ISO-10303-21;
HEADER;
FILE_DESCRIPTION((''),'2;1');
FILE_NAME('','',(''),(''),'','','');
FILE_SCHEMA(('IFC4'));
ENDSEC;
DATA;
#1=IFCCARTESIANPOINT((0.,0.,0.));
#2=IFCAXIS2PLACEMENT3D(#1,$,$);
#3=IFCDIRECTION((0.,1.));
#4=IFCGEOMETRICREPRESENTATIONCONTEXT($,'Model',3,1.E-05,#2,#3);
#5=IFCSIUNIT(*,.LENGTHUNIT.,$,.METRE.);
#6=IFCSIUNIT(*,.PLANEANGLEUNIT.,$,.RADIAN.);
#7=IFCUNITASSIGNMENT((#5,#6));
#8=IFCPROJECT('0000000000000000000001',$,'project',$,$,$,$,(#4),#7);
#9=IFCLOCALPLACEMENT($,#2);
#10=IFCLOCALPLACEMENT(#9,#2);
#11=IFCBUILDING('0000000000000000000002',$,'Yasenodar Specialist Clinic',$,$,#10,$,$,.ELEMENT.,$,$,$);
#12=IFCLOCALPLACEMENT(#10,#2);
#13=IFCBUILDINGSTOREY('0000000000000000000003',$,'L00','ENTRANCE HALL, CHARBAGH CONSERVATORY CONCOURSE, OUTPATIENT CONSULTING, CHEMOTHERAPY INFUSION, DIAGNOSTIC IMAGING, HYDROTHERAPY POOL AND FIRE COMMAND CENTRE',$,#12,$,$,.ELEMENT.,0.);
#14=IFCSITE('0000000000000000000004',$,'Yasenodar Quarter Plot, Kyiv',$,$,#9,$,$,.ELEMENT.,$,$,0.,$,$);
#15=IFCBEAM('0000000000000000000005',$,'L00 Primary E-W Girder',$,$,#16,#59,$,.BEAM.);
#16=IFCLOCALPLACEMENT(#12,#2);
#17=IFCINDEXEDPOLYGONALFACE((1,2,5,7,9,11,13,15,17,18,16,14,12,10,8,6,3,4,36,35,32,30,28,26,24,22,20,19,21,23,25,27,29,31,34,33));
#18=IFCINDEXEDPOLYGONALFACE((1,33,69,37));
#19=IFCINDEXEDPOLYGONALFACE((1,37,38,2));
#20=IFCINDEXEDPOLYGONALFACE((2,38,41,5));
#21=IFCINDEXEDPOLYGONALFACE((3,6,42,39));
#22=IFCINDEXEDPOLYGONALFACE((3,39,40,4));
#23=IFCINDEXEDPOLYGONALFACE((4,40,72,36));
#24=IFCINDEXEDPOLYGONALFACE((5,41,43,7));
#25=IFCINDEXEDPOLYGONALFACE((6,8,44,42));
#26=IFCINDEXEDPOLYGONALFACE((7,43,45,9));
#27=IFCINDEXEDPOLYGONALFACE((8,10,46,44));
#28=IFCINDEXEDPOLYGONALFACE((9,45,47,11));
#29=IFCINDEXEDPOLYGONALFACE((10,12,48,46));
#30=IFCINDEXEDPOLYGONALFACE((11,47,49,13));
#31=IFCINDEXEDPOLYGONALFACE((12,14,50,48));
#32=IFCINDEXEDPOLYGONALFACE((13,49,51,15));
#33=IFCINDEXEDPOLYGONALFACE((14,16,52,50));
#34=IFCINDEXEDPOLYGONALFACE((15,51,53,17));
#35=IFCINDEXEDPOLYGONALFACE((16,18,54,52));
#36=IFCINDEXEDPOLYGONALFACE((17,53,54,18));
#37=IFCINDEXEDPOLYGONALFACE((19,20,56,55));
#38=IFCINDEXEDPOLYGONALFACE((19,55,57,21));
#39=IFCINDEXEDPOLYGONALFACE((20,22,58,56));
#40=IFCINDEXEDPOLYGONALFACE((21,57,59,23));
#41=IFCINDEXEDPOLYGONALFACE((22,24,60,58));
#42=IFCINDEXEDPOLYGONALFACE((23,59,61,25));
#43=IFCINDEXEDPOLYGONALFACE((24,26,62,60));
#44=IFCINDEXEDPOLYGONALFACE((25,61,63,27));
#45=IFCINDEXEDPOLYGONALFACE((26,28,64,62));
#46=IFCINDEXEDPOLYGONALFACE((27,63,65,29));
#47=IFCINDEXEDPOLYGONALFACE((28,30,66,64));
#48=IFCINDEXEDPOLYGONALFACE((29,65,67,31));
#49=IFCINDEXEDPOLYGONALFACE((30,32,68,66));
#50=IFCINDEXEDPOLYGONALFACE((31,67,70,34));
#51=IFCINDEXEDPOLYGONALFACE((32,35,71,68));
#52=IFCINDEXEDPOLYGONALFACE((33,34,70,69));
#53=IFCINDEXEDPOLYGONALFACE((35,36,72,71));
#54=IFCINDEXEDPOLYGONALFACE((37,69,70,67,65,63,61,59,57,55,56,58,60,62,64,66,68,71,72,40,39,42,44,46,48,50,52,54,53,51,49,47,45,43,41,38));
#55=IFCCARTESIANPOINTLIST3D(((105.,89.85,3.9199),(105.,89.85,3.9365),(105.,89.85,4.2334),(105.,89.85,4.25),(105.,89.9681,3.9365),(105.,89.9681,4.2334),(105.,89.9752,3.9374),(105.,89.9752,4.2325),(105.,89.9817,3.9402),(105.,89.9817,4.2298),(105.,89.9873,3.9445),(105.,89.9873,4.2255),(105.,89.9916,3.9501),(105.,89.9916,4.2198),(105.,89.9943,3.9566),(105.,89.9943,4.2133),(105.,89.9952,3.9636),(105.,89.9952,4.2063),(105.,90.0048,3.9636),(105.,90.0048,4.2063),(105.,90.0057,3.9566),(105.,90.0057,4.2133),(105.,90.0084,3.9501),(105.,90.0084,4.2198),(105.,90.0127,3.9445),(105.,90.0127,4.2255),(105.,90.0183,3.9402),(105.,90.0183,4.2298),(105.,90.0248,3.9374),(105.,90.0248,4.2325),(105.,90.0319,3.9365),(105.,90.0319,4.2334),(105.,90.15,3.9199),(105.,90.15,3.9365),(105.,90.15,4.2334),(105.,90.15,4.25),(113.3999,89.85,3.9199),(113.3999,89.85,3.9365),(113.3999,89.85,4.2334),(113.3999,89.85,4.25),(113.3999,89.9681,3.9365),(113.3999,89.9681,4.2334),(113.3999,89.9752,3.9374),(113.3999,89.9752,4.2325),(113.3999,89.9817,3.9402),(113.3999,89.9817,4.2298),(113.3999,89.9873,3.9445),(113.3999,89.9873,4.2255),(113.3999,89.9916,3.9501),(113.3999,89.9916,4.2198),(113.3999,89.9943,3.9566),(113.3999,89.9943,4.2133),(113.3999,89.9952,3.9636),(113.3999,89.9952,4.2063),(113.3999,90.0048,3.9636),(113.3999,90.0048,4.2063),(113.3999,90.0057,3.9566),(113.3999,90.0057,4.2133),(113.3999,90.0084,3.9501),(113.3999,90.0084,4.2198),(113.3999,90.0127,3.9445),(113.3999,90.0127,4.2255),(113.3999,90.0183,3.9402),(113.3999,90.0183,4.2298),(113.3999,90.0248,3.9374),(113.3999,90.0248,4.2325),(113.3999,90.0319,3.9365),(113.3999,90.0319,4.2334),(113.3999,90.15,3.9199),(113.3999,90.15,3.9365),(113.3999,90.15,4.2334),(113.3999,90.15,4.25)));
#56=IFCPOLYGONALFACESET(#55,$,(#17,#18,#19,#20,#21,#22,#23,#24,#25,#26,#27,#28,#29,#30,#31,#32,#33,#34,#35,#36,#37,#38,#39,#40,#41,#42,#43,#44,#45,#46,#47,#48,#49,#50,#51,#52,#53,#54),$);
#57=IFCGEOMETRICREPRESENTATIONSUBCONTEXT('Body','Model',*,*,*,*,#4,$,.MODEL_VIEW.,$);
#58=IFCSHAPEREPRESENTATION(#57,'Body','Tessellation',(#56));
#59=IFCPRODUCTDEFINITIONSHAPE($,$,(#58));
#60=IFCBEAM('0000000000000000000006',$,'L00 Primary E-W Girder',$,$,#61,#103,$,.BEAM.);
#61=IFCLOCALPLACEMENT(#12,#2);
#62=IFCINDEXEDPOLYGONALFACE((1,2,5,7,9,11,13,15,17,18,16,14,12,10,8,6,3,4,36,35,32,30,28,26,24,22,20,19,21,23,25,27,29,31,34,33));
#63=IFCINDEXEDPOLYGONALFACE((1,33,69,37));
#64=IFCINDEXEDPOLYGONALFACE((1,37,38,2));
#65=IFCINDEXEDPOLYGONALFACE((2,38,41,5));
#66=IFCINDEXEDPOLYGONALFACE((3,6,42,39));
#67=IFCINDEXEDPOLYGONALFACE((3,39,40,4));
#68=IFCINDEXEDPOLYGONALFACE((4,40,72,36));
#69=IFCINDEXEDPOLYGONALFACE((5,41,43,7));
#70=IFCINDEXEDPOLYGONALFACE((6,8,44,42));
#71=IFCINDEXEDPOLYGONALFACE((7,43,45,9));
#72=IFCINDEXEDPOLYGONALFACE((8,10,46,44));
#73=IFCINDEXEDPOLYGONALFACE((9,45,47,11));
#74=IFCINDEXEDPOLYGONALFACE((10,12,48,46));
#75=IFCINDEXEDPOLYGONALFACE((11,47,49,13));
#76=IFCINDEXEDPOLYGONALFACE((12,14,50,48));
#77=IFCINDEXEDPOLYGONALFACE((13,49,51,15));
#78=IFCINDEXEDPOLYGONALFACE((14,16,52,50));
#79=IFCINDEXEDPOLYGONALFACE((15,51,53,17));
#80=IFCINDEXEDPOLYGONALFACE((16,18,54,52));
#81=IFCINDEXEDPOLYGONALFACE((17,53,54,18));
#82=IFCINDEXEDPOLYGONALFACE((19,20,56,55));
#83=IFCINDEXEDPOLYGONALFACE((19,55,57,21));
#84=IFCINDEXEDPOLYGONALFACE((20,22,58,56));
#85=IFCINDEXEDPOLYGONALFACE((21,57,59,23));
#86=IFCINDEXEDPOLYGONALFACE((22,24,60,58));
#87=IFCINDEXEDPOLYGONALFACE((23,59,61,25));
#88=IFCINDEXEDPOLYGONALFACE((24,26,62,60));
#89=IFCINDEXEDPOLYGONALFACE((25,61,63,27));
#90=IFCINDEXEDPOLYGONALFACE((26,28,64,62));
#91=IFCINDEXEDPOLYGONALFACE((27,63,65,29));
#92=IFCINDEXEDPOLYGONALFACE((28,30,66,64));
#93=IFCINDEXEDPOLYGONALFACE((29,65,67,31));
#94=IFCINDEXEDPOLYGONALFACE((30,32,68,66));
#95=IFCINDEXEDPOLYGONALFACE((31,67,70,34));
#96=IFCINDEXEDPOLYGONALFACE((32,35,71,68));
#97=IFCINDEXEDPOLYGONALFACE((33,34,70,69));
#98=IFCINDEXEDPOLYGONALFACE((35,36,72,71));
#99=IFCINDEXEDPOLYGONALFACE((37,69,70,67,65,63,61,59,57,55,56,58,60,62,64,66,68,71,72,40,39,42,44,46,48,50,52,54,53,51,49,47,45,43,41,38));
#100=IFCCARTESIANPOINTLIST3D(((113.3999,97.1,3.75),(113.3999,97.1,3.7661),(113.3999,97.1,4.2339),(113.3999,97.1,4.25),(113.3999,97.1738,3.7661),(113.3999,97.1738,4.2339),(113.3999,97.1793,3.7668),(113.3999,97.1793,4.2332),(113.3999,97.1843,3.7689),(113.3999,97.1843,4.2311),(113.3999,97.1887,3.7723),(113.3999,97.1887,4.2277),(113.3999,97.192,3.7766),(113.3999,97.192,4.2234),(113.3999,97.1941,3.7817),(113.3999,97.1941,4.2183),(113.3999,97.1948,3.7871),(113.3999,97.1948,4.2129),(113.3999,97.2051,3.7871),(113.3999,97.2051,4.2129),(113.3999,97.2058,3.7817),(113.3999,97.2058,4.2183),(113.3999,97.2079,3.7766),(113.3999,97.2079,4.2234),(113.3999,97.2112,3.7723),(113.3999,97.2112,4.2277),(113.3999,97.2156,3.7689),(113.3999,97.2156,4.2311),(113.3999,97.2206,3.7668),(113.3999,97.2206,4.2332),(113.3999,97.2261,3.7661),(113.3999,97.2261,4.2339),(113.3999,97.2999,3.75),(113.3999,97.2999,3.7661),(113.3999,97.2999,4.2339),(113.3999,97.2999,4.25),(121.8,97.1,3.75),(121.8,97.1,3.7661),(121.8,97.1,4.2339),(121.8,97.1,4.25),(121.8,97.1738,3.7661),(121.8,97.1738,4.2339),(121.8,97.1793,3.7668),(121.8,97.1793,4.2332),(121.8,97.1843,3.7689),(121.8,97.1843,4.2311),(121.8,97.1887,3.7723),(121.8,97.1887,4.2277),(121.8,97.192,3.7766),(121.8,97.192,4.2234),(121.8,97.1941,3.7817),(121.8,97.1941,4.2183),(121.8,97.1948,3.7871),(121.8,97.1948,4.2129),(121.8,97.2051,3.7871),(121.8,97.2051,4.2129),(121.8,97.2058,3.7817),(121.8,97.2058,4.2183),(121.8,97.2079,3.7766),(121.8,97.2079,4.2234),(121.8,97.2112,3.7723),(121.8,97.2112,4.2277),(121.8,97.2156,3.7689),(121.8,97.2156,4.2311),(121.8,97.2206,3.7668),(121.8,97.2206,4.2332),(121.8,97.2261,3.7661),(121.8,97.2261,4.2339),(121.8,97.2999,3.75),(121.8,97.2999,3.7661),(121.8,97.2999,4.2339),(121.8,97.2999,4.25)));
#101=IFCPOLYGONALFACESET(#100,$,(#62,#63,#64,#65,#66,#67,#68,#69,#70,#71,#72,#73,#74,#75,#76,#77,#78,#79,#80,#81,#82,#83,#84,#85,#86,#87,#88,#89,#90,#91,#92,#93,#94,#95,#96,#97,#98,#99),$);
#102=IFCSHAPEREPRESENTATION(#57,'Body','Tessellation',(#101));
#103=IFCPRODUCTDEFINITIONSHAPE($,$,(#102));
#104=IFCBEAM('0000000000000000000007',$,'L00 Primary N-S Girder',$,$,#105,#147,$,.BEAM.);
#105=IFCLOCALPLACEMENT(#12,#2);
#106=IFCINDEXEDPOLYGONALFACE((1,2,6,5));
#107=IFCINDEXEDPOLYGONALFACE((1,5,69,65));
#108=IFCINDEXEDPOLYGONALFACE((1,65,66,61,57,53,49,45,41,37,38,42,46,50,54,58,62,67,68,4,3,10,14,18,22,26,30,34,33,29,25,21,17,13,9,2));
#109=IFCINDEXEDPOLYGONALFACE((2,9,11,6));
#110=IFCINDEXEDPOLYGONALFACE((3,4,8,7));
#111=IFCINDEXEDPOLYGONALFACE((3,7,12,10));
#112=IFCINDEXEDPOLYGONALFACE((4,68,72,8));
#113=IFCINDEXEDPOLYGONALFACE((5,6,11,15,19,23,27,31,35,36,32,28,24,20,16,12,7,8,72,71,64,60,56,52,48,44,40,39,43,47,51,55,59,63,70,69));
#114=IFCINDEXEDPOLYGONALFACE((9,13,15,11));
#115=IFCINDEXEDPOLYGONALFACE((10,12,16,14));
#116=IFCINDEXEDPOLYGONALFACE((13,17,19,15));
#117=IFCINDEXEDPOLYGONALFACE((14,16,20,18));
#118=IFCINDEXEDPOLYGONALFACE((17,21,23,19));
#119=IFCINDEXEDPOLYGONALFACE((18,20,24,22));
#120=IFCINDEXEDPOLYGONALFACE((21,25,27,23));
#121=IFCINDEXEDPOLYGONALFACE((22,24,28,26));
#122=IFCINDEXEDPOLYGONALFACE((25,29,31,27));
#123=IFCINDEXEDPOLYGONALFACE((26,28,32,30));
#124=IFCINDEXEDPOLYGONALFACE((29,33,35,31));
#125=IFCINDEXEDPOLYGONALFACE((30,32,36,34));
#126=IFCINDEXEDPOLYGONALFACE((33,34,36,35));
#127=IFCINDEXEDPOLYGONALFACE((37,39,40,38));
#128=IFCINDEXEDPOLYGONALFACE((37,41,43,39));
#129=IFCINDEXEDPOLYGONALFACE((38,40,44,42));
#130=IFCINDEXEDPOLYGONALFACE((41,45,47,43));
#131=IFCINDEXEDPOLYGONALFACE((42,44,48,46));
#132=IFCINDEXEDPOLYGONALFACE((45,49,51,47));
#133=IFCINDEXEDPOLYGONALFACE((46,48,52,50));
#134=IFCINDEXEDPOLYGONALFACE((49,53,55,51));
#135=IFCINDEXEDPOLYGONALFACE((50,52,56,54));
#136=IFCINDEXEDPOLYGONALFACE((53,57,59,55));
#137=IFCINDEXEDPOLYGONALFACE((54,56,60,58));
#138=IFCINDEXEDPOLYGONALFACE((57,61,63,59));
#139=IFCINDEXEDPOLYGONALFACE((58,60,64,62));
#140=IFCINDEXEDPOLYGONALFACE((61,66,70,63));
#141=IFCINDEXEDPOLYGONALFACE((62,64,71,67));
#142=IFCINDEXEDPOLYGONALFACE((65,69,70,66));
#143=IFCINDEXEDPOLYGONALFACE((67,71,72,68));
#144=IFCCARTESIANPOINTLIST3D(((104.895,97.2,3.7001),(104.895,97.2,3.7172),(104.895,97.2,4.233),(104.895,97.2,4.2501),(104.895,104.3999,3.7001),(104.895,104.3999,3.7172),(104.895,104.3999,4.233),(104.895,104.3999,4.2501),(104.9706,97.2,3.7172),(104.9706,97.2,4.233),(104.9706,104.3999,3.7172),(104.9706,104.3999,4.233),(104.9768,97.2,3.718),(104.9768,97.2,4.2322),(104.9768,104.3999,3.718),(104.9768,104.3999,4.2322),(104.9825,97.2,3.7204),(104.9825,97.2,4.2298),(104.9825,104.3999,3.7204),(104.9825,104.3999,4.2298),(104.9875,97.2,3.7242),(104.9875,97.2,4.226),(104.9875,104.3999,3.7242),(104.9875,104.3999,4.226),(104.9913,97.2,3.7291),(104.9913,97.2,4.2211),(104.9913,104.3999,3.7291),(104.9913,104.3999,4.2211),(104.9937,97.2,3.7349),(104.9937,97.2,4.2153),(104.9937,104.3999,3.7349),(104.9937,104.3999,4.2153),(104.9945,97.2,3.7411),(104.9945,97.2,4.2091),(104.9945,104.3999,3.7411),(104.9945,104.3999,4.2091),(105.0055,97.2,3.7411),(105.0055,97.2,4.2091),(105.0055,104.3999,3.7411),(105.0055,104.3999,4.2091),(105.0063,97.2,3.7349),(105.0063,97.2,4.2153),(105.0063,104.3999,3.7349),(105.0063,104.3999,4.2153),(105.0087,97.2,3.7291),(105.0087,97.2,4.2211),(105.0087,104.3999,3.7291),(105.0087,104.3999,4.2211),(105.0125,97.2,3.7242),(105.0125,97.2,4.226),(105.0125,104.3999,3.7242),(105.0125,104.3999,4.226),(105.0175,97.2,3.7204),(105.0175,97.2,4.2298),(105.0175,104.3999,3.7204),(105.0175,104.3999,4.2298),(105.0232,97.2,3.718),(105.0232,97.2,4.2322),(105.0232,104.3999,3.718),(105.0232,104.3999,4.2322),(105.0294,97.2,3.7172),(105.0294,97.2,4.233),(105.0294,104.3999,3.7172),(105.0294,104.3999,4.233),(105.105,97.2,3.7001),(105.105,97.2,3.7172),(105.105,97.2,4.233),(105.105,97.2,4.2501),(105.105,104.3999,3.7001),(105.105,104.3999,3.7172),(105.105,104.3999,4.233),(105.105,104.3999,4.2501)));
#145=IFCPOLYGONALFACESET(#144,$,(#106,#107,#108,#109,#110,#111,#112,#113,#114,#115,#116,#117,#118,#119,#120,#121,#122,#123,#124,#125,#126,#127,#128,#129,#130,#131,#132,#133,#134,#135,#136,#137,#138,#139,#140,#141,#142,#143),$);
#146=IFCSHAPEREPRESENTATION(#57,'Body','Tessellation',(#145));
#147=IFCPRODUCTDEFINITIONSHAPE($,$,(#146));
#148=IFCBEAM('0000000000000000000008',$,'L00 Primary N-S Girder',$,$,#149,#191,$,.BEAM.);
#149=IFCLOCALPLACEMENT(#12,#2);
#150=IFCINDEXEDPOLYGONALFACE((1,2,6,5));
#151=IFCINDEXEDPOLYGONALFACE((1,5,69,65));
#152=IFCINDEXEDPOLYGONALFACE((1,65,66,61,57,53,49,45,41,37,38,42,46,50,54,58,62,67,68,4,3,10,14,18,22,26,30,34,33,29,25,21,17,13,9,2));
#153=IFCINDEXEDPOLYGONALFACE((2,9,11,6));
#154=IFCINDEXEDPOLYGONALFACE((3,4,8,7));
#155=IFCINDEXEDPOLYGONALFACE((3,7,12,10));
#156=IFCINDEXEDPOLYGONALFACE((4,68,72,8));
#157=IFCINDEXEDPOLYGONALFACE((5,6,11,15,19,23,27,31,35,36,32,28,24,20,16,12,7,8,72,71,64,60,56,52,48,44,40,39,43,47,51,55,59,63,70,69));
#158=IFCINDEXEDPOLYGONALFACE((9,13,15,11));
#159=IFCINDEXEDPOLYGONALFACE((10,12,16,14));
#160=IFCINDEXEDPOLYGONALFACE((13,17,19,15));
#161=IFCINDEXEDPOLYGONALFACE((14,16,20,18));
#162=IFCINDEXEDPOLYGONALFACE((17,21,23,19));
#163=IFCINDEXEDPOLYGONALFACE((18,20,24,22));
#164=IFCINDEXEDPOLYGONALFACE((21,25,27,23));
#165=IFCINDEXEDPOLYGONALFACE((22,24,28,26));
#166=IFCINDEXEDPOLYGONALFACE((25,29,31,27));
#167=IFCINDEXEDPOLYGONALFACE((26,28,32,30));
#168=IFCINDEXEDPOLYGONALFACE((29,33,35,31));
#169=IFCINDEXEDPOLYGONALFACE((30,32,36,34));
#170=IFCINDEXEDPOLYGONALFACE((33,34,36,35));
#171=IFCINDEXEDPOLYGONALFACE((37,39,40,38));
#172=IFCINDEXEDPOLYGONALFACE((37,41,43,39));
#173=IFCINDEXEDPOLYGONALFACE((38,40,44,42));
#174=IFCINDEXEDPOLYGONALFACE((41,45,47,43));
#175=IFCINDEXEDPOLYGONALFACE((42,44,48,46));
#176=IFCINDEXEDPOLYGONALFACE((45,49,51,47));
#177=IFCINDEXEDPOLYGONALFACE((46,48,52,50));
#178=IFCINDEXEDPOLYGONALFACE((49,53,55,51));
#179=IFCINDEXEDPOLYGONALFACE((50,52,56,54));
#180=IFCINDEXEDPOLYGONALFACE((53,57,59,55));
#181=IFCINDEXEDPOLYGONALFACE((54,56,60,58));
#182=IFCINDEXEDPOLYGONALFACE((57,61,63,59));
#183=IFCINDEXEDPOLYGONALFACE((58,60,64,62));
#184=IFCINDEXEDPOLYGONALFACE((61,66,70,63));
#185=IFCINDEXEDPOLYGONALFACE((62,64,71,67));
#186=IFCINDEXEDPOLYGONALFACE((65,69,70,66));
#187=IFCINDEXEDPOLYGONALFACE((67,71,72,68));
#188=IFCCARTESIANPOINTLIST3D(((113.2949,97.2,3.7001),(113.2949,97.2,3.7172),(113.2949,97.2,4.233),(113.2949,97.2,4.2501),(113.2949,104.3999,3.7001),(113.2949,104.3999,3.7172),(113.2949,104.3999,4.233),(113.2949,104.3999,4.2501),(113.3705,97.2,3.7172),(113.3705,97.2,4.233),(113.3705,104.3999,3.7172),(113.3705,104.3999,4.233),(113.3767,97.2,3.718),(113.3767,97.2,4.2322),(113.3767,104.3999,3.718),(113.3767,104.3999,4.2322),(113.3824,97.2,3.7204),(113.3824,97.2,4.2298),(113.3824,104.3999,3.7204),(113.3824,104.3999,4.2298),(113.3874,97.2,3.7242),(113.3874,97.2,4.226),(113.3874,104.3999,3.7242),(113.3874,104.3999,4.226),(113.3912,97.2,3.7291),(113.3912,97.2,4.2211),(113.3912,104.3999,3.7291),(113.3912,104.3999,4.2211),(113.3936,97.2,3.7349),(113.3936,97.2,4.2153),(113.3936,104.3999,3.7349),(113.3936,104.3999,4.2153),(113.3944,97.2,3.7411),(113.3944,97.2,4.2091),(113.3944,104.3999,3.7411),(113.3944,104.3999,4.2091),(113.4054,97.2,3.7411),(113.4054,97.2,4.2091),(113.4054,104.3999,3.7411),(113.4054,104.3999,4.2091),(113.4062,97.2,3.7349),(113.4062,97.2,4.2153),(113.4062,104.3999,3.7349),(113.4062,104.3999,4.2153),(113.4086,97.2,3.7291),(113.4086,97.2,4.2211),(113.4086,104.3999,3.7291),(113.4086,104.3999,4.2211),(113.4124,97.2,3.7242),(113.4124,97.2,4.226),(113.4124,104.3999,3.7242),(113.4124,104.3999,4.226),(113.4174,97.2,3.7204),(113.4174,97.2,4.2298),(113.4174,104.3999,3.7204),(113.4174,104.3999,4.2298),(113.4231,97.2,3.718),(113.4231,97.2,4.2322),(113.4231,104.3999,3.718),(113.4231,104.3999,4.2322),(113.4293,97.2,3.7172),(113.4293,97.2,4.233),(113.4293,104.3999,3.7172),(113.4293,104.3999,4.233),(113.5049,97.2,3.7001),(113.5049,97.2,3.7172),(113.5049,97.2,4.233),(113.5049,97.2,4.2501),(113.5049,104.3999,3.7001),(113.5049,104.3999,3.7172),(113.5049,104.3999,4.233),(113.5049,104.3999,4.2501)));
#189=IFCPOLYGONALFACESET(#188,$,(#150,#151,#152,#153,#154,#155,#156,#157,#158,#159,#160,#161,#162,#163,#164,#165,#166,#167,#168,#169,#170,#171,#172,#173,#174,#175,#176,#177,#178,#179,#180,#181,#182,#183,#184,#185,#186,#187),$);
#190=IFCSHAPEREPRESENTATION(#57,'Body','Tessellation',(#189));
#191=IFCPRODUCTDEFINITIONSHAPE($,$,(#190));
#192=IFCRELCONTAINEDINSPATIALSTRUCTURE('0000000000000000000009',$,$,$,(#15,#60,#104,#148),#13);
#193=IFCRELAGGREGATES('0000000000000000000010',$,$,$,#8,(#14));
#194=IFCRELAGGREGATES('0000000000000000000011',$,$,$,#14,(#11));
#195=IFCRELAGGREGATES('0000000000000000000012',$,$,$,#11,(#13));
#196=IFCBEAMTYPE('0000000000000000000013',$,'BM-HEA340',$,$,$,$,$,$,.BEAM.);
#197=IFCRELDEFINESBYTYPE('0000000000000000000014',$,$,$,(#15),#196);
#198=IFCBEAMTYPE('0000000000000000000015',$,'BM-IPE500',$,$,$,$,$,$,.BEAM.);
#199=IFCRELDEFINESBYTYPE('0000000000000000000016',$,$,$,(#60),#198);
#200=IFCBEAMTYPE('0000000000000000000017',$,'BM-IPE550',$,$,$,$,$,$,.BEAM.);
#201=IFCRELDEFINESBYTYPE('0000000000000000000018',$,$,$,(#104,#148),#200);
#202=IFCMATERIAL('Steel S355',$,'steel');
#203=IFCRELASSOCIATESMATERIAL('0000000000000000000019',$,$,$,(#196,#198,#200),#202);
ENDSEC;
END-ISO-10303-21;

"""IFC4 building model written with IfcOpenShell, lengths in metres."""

from ifc_helpers import new_model, si_unit, direction, frame, origin, origin_2d, place, context, subcontext, project, spatial, i_section, extrude, material, material_profile, profile_set, type_object, element, save


model = new_model("IFC4")

# Units and contexts
model_context = context("Model", 3, precision=1e-05, world=origin(), true_north=direction((0.0, 1.0)))
body_context = subcontext(model_context, "Body", "Model", "MODEL_VIEW")
ifc_project = project(units=[si_unit("LENGTHUNIT", "METRE"), si_unit("PLANEANGLEUNIT", "RADIAN")], contexts=[model_context])

# Site, building, storey
site_placement = place(None, origin())
site = spatial("IfcSite", under=ifc_project, at=site_placement, Name="Yasenodar Quarter Plot, Kyiv", CompositionType="ELEMENT", RefElevation=0.0)
building_placement = place(site_placement, origin())
building = spatial("IfcBuilding", under=site, at=building_placement, Name="Yasenodar Specialist Clinic", CompositionType="ELEMENT")
storey_placement = place(building_placement, origin())
storey = spatial("IfcBuildingStorey", under=building, at=storey_placement, Name="L00", Description="ENTRANCE HALL, CHARBAGH CONSERVATORY CONCOURSE, OUTPATIENT CONSULTING, CHEMOTHERAPY INFUSION, DIAGNOSTIC IMAGING, HYDROTHERAPY POOL AND FIRE COMMAND CENTRE", CompositionType="ELEMENT", Elevation=0.0)

# Shared definitions
ifc_material_1 = material(Name="Steel S355", Category="steel")

# Beams
ifc_material_profile_1 = material_profile(ifc_material_1, i_section(OverallWidth=0.3, OverallDepth=0.3301, WebThickness=0.0095, FlangeThickness=0.0166, FilletRadius=0.0271, at=origin_2d()), Name="HEA 340")
ifc_profile_set_1 = profile_set([ifc_material_profile_1], Name="Steel S355")
beam_type_1 = type_object("IfcBeamType", Name="BM-HEA340", PredefinedType="BEAM", material=ifc_profile_set_1)
beam_1_placement = place(storey_placement, frame((105.0, 90.0, 4.085), z_axis=(1.0, 0.0, 0.0), x_axis=(0.0, 1.0, 0.0)))
element("IfcBeam", 1, at=beam_1_placement, inside=storey, type_object=beam_type_1, Name="L00 Primary E-W Girder", PredefinedType="BEAM", context=body_context, shape_type="SweptSolid", body=[
    extrude(i_section(OverallWidth=0.3, OverallDepth=0.3301, WebThickness=0.0095, FlangeThickness=0.0166, FilletRadius=0.0271, at=origin_2d()), origin(), (0.0, 0.0, 1.0), 8.3999),
])
ifc_material_profile_2 = material_profile(ifc_material_1, i_section(OverallWidth=0.2, OverallDepth=0.5, WebThickness=0.0103, FlangeThickness=0.0161, FilletRadius=0.021, at=origin_2d()), Name="IPE 500")
ifc_profile_set_2 = profile_set([ifc_material_profile_2], Name="Steel S355")
beam_type_2 = type_object("IfcBeamType", Name="BM-IPE500", PredefinedType="BEAM", material=ifc_profile_set_2)
beam_2_placement = place(storey_placement, frame((113.3999, 97.2, 4.0), z_axis=(1.0, 0.0, 0.0), x_axis=(0.0, 1.0, 0.0)))
element("IfcBeam", 2, at=beam_2_placement, inside=storey, type_object=beam_type_2, Name="L00 Primary E-W Girder", PredefinedType="BEAM", context=body_context, shape_type="SweptSolid", body=[
    extrude(i_section(OverallWidth=0.2, OverallDepth=0.5, WebThickness=0.0103, FlangeThickness=0.0161, FilletRadius=0.021, at=origin_2d()), origin(), (0.0, 0.0, 1.0), 8.4001),
])
ifc_material_profile_3 = material_profile(ifc_material_1, i_section(OverallWidth=0.21, OverallDepth=0.55, WebThickness=0.011, FlangeThickness=0.0171, FilletRadius=0.0239, at=origin_2d()), Name="IPE 550")
ifc_profile_set_3 = profile_set([ifc_material_profile_3], Name="Steel S355")
beam_type_3 = type_object("IfcBeamType", Name="BM-IPE550", PredefinedType="BEAM", material=ifc_profile_set_3)
for number, where, z_axis, x_axis, name in (
    (3, (105.0, 97.2, 3.9751), (0.0, 1.0, 0.0), (-1.0, 0.0, 0.0), "L00 Primary N-S Girder"),
    (4, (113.3999, 97.2, 3.9751), (0.0, 1.0, 0.0), (-1.0, 0.0, 0.0), "L00 Primary N-S Girder"),
):
    element("IfcBeam", number, at=place(storey_placement, frame(where, z_axis=z_axis, x_axis=x_axis)), inside=storey, type_object=beam_type_3, Name=name, PredefinedType="BEAM", context=body_context, shape_type="SweptSolid", body=[
        extrude(i_section(OverallWidth=0.21, OverallDepth=0.55, WebThickness=0.011, FlangeThickness=0.0171, FilletRadius=0.0239, at=origin_2d()), origin(), (0.0, 0.0, 1.0), 7.2),
    ])

save(model, "model.ifc")
